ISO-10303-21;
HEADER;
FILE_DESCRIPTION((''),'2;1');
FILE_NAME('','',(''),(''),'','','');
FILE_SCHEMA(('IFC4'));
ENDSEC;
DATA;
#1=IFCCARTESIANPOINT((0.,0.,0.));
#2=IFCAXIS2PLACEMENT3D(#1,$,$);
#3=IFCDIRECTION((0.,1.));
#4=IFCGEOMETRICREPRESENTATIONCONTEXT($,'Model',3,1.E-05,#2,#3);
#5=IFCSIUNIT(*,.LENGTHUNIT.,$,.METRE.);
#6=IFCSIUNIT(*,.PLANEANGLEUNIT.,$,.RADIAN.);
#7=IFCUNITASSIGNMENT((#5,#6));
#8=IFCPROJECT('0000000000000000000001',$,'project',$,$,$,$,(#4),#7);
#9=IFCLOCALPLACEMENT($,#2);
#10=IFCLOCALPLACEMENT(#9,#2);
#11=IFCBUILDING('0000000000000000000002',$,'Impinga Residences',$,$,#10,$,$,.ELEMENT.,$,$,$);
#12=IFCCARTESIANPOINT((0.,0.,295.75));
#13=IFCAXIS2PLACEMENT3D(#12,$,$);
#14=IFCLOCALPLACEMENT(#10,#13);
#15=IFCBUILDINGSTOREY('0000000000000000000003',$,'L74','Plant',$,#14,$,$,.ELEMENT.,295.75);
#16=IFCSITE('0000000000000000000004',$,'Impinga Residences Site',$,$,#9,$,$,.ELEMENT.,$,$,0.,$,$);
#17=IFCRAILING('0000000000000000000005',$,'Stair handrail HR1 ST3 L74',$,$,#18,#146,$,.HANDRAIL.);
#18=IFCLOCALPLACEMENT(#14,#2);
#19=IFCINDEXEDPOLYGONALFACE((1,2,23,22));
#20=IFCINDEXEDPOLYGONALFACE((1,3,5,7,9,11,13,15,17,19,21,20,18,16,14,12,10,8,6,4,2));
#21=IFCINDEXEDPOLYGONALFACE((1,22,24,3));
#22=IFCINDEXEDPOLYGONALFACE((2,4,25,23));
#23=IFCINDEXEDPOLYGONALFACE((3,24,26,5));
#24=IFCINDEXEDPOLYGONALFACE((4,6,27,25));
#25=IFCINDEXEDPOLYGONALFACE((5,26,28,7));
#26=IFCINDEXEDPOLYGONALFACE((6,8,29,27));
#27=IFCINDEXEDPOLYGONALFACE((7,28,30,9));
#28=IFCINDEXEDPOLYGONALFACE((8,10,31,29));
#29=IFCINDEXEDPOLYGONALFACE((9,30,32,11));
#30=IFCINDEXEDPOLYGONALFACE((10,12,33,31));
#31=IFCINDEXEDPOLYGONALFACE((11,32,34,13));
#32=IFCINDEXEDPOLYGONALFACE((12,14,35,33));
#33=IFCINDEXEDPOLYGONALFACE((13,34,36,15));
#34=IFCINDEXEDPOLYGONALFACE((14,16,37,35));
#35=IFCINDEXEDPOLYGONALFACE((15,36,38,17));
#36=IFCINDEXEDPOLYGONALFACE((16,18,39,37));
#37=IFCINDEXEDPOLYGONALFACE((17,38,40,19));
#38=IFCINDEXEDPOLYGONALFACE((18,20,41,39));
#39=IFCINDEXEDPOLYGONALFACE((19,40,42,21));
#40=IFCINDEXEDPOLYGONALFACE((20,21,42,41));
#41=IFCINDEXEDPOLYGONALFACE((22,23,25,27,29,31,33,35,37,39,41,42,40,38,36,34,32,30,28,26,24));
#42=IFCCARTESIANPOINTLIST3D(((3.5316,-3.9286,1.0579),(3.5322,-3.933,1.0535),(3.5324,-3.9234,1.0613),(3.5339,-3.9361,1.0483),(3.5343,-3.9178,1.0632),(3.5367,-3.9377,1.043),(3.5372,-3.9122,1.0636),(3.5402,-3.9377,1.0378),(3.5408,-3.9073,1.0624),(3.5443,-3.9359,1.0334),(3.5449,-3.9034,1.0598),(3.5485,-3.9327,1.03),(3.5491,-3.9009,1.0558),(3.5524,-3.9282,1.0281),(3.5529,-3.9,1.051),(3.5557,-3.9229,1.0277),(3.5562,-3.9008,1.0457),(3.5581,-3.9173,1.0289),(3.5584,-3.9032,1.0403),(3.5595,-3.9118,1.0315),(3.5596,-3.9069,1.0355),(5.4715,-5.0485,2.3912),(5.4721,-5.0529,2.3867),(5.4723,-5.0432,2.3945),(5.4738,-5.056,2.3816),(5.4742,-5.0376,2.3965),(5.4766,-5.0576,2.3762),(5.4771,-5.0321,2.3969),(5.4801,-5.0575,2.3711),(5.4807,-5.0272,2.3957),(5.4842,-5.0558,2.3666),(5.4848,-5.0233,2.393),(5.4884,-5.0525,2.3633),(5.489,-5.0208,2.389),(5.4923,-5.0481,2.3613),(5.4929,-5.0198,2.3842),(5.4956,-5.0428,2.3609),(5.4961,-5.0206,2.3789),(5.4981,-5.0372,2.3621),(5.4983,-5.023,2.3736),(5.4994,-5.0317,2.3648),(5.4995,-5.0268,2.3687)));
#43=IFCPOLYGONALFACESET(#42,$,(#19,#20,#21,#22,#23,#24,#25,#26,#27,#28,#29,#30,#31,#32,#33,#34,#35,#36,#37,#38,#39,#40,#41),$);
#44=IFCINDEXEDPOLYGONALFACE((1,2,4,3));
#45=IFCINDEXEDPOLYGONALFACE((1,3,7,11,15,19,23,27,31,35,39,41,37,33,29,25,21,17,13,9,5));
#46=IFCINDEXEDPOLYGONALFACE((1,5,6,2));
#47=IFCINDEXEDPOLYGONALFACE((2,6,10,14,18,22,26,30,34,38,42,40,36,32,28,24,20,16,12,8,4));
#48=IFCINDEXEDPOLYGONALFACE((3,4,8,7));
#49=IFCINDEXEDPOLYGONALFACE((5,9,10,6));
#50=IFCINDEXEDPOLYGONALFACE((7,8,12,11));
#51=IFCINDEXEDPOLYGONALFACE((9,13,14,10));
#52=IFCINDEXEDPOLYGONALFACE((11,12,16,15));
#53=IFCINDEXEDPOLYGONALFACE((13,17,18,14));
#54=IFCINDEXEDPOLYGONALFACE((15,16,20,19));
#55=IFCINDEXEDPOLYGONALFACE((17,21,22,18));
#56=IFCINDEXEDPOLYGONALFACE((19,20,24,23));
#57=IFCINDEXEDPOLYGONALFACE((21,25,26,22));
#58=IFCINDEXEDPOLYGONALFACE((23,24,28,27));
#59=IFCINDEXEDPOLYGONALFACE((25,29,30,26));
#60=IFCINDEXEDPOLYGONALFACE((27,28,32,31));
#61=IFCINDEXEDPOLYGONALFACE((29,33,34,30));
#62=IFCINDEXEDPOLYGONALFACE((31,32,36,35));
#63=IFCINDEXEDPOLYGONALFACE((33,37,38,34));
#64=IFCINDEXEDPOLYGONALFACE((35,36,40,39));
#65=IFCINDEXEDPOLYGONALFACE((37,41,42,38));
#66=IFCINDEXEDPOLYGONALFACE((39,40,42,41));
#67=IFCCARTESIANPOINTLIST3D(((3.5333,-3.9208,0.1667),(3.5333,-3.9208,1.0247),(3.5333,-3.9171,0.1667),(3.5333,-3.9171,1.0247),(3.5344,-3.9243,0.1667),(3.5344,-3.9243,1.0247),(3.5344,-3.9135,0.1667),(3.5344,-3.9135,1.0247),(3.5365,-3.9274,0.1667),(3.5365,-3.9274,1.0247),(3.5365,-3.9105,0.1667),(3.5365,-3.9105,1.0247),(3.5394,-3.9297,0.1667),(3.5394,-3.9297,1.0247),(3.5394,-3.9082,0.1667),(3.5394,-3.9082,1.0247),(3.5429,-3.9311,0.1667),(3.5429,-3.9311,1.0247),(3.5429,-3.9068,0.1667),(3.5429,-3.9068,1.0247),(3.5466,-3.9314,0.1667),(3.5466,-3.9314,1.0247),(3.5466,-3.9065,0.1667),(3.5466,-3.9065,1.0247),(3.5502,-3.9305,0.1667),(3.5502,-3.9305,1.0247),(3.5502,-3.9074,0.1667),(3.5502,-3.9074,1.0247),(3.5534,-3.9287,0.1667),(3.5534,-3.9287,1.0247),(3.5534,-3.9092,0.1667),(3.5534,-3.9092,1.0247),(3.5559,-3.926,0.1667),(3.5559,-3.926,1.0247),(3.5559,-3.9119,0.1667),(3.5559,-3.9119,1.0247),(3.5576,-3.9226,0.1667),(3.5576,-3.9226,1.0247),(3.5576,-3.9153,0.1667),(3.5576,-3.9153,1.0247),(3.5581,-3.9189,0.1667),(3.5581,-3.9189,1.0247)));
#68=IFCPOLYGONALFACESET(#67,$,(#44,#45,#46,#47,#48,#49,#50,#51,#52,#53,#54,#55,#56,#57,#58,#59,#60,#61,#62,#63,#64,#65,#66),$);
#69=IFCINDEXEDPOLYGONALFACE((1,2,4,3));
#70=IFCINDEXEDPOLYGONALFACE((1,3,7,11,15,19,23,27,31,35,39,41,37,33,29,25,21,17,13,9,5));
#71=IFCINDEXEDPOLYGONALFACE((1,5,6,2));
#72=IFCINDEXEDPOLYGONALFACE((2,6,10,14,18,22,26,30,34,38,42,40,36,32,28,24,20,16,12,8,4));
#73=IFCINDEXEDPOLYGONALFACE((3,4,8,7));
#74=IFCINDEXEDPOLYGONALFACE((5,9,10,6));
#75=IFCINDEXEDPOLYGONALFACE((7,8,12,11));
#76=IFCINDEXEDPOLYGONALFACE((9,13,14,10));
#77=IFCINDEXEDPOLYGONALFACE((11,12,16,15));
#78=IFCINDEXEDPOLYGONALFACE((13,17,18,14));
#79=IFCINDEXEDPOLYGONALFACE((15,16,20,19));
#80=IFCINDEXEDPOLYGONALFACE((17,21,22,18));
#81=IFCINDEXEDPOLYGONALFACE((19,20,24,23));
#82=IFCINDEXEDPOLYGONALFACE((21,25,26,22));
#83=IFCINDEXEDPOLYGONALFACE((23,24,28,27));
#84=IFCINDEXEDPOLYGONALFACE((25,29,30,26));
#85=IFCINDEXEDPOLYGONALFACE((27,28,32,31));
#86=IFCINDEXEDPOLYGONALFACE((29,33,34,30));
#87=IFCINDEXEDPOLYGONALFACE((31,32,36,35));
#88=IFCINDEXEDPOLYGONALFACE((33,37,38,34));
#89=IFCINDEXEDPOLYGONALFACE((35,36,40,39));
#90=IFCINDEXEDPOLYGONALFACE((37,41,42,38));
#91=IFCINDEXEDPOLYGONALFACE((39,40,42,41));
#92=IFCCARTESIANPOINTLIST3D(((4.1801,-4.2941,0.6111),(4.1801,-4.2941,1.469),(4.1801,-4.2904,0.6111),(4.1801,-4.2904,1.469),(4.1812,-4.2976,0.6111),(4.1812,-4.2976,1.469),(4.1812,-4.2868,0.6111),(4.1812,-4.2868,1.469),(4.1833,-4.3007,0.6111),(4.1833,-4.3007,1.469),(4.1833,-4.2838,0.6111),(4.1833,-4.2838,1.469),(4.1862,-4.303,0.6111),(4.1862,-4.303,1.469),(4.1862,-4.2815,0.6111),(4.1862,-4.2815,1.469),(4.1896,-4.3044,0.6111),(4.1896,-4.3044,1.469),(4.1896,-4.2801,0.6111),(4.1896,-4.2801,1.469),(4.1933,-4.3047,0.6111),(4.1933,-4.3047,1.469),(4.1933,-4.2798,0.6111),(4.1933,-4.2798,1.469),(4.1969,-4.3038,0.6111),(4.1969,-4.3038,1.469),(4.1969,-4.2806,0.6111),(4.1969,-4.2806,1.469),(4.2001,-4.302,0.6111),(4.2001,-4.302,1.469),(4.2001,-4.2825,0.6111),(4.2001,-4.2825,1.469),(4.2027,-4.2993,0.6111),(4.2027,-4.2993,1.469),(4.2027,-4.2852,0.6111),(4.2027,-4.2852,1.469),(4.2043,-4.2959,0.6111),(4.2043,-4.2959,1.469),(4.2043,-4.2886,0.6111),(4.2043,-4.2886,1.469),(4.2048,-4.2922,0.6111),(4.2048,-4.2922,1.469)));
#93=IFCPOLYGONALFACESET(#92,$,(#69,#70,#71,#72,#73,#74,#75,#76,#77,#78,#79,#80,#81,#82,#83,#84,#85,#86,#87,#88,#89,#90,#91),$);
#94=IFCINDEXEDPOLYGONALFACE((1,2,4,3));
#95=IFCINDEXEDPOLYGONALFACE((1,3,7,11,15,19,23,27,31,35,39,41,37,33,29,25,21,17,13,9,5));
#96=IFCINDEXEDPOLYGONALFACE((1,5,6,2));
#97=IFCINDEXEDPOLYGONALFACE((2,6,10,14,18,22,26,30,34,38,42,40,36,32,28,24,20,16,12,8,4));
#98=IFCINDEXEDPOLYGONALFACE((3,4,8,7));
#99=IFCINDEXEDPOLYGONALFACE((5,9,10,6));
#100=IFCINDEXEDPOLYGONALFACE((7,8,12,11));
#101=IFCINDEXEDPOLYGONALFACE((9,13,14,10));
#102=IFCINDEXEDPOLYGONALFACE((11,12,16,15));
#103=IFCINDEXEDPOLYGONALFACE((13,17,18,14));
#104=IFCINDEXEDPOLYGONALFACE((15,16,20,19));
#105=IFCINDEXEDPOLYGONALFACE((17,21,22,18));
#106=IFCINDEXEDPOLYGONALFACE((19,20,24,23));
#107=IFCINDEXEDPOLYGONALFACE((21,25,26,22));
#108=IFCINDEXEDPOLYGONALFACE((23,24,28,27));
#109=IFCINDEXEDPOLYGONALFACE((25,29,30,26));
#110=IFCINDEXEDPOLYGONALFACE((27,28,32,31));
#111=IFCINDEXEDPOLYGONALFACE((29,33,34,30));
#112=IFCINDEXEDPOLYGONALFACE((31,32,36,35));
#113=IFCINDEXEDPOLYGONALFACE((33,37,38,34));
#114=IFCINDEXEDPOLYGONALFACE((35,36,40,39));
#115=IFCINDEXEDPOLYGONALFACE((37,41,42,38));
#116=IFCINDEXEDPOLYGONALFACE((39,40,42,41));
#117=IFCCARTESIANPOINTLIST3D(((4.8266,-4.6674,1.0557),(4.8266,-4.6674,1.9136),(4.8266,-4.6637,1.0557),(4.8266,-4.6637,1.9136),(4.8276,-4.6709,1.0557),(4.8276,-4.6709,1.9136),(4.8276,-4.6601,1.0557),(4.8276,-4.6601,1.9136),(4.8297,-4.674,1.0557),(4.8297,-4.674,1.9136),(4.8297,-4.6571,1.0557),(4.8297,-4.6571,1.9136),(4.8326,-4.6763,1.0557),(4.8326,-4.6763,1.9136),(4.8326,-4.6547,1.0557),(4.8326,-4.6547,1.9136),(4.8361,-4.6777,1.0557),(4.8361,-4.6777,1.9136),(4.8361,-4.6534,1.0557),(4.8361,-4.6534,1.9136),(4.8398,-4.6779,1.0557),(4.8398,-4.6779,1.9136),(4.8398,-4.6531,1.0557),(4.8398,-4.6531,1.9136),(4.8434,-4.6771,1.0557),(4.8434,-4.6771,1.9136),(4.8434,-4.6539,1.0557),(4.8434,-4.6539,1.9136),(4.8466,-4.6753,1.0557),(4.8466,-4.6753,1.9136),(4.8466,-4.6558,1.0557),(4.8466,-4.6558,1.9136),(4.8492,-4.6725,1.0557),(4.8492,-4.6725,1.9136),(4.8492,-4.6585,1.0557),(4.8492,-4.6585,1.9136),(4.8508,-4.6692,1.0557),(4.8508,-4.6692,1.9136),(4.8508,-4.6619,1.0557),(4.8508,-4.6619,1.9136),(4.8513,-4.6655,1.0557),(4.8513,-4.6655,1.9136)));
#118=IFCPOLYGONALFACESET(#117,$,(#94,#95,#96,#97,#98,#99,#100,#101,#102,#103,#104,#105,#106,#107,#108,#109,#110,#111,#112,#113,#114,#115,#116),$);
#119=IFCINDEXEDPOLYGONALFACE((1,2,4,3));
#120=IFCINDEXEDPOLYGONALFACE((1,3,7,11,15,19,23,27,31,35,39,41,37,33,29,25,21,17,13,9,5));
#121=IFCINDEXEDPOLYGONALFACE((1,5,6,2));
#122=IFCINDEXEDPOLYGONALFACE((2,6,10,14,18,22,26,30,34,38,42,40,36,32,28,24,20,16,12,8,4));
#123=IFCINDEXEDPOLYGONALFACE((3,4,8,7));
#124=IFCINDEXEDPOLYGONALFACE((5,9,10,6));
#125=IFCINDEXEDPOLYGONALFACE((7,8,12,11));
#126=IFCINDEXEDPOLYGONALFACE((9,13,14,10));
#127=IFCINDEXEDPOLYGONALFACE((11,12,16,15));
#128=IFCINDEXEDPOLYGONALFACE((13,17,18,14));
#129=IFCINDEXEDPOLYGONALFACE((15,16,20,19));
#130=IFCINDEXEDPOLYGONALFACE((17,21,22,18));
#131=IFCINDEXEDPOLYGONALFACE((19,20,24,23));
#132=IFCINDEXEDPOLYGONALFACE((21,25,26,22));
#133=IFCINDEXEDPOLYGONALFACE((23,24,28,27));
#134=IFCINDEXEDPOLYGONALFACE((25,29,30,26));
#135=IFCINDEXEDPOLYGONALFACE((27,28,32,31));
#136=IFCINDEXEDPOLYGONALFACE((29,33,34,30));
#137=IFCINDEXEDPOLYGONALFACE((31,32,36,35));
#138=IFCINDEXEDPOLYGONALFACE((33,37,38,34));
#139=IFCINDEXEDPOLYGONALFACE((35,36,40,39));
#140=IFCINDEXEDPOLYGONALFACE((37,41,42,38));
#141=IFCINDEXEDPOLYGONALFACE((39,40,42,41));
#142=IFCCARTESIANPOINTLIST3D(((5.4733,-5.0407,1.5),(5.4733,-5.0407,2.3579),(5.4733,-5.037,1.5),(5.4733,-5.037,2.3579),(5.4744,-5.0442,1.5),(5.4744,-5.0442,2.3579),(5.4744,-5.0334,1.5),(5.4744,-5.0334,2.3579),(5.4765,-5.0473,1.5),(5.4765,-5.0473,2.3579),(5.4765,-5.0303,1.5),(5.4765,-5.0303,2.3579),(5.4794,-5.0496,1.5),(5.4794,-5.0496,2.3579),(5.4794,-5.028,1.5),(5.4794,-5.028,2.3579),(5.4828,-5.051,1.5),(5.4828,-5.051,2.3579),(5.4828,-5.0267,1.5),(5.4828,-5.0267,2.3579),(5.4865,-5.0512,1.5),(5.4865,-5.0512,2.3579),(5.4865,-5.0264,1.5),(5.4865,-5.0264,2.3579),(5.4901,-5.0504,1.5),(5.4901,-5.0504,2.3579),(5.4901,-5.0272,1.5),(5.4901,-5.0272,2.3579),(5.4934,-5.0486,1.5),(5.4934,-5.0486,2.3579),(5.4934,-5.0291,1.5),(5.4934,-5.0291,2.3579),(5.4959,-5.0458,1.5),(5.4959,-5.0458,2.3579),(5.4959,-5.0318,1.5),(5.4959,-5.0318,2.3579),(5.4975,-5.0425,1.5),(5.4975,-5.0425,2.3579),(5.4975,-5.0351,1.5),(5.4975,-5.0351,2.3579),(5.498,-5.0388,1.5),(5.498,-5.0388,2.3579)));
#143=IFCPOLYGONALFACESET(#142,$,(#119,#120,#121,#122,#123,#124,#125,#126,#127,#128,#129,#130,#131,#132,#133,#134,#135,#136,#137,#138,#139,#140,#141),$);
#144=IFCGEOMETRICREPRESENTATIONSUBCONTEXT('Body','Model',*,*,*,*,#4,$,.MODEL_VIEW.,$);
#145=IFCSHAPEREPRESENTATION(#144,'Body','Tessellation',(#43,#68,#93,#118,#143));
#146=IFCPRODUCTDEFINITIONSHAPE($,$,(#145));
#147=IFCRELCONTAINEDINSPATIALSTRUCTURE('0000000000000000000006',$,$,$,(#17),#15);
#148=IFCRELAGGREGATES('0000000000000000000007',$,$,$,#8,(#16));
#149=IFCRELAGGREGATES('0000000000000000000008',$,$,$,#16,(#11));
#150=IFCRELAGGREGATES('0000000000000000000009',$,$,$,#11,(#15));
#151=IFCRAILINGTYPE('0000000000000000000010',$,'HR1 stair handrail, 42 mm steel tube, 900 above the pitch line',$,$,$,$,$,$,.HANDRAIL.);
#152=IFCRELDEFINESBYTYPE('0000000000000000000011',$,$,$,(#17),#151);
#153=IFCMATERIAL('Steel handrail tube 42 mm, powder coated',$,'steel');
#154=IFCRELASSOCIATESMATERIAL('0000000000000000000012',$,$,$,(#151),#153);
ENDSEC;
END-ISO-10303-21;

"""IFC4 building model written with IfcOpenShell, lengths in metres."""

from ifc_helpers import new_model, si_unit, direction, frame, origin, origin_2d, place, context, subcontext, project, spatial, circle, extrude, material, type_object, element, save


model = new_model("IFC4")

# Units and contexts
model_context = context("Model", 3, precision=1e-05, world=origin(), true_north=direction((0.0, 1.0)))
body_context = subcontext(model_context, "Body", "Model", "MODEL_VIEW")
ifc_project = project(units=[si_unit("LENGTHUNIT", "METRE"), si_unit("PLANEANGLEUNIT", "RADIAN")], contexts=[model_context])

# Site, building, storey
site_placement = place(None, origin())
site = spatial("IfcSite", under=ifc_project, at=site_placement, Name="Impinga Residences Site", CompositionType="ELEMENT", RefElevation=0.0)
building_placement = place(site_placement, origin())
building = spatial("IfcBuilding", under=site, at=building_placement, Name="Impinga Residences", CompositionType="ELEMENT")
storey_placement = place(building_placement, frame((0.0, 0.0, 295.75)))
storey = spatial("IfcBuildingStorey", under=building, at=storey_placement, Name="L74", Description="Plant", CompositionType="ELEMENT", Elevation=295.75)

# Railing
ifc_material_1 = material(Name="Steel handrail tube 42 mm, powder coated", Category="steel")
railing_type_1 = type_object("IfcRailingType", Name="HR1 stair handrail, 42 mm steel tube, 900 above the pitch line", PredefinedType="HANDRAIL", material=ifc_material_1)
railing_1_placement = place(storey_placement, frame((3.5457, -3.9189, 0.1667)))
element("IfcRailing", 1, at=railing_1_placement, inside=storey, type_object=railing_type_1, Name="Stair handrail HR1 ST3 L74", PredefinedType="HANDRAIL", context=body_context, shape_type="SweptSolid", body=[
    extrude(circle(Radius=0.021, at=origin_2d()), frame((0.0, 0.0, 0.8789), z_axis=(0.744205, -0.429608, 0.511465), x_axis=(0.499949, 0.866055, 0.0)), (0.0, 0.0, 1.0), 2.6067),
    extrude(circle(Radius=0.0125, at=origin_2d()), origin(), (0.0, 0.0, 1.0), 0.8579),
    extrude(circle(Radius=0.0125, at=origin_2d()), frame((0.6467, -0.3733, 0.4443)), (0.0, 0.0, 1.0), 0.8579),
    extrude(circle(Radius=0.0125, at=origin_2d()), frame((1.2932, -0.7466, 0.8889)), (0.0, 0.0, 1.0), 0.8579),
    extrude(circle(Radius=0.0125, at=origin_2d()), frame((1.9399, -1.1199, 1.3333)), (0.0, 0.0, 1.0), 0.8579),
])

save(model, "model.ifc")
